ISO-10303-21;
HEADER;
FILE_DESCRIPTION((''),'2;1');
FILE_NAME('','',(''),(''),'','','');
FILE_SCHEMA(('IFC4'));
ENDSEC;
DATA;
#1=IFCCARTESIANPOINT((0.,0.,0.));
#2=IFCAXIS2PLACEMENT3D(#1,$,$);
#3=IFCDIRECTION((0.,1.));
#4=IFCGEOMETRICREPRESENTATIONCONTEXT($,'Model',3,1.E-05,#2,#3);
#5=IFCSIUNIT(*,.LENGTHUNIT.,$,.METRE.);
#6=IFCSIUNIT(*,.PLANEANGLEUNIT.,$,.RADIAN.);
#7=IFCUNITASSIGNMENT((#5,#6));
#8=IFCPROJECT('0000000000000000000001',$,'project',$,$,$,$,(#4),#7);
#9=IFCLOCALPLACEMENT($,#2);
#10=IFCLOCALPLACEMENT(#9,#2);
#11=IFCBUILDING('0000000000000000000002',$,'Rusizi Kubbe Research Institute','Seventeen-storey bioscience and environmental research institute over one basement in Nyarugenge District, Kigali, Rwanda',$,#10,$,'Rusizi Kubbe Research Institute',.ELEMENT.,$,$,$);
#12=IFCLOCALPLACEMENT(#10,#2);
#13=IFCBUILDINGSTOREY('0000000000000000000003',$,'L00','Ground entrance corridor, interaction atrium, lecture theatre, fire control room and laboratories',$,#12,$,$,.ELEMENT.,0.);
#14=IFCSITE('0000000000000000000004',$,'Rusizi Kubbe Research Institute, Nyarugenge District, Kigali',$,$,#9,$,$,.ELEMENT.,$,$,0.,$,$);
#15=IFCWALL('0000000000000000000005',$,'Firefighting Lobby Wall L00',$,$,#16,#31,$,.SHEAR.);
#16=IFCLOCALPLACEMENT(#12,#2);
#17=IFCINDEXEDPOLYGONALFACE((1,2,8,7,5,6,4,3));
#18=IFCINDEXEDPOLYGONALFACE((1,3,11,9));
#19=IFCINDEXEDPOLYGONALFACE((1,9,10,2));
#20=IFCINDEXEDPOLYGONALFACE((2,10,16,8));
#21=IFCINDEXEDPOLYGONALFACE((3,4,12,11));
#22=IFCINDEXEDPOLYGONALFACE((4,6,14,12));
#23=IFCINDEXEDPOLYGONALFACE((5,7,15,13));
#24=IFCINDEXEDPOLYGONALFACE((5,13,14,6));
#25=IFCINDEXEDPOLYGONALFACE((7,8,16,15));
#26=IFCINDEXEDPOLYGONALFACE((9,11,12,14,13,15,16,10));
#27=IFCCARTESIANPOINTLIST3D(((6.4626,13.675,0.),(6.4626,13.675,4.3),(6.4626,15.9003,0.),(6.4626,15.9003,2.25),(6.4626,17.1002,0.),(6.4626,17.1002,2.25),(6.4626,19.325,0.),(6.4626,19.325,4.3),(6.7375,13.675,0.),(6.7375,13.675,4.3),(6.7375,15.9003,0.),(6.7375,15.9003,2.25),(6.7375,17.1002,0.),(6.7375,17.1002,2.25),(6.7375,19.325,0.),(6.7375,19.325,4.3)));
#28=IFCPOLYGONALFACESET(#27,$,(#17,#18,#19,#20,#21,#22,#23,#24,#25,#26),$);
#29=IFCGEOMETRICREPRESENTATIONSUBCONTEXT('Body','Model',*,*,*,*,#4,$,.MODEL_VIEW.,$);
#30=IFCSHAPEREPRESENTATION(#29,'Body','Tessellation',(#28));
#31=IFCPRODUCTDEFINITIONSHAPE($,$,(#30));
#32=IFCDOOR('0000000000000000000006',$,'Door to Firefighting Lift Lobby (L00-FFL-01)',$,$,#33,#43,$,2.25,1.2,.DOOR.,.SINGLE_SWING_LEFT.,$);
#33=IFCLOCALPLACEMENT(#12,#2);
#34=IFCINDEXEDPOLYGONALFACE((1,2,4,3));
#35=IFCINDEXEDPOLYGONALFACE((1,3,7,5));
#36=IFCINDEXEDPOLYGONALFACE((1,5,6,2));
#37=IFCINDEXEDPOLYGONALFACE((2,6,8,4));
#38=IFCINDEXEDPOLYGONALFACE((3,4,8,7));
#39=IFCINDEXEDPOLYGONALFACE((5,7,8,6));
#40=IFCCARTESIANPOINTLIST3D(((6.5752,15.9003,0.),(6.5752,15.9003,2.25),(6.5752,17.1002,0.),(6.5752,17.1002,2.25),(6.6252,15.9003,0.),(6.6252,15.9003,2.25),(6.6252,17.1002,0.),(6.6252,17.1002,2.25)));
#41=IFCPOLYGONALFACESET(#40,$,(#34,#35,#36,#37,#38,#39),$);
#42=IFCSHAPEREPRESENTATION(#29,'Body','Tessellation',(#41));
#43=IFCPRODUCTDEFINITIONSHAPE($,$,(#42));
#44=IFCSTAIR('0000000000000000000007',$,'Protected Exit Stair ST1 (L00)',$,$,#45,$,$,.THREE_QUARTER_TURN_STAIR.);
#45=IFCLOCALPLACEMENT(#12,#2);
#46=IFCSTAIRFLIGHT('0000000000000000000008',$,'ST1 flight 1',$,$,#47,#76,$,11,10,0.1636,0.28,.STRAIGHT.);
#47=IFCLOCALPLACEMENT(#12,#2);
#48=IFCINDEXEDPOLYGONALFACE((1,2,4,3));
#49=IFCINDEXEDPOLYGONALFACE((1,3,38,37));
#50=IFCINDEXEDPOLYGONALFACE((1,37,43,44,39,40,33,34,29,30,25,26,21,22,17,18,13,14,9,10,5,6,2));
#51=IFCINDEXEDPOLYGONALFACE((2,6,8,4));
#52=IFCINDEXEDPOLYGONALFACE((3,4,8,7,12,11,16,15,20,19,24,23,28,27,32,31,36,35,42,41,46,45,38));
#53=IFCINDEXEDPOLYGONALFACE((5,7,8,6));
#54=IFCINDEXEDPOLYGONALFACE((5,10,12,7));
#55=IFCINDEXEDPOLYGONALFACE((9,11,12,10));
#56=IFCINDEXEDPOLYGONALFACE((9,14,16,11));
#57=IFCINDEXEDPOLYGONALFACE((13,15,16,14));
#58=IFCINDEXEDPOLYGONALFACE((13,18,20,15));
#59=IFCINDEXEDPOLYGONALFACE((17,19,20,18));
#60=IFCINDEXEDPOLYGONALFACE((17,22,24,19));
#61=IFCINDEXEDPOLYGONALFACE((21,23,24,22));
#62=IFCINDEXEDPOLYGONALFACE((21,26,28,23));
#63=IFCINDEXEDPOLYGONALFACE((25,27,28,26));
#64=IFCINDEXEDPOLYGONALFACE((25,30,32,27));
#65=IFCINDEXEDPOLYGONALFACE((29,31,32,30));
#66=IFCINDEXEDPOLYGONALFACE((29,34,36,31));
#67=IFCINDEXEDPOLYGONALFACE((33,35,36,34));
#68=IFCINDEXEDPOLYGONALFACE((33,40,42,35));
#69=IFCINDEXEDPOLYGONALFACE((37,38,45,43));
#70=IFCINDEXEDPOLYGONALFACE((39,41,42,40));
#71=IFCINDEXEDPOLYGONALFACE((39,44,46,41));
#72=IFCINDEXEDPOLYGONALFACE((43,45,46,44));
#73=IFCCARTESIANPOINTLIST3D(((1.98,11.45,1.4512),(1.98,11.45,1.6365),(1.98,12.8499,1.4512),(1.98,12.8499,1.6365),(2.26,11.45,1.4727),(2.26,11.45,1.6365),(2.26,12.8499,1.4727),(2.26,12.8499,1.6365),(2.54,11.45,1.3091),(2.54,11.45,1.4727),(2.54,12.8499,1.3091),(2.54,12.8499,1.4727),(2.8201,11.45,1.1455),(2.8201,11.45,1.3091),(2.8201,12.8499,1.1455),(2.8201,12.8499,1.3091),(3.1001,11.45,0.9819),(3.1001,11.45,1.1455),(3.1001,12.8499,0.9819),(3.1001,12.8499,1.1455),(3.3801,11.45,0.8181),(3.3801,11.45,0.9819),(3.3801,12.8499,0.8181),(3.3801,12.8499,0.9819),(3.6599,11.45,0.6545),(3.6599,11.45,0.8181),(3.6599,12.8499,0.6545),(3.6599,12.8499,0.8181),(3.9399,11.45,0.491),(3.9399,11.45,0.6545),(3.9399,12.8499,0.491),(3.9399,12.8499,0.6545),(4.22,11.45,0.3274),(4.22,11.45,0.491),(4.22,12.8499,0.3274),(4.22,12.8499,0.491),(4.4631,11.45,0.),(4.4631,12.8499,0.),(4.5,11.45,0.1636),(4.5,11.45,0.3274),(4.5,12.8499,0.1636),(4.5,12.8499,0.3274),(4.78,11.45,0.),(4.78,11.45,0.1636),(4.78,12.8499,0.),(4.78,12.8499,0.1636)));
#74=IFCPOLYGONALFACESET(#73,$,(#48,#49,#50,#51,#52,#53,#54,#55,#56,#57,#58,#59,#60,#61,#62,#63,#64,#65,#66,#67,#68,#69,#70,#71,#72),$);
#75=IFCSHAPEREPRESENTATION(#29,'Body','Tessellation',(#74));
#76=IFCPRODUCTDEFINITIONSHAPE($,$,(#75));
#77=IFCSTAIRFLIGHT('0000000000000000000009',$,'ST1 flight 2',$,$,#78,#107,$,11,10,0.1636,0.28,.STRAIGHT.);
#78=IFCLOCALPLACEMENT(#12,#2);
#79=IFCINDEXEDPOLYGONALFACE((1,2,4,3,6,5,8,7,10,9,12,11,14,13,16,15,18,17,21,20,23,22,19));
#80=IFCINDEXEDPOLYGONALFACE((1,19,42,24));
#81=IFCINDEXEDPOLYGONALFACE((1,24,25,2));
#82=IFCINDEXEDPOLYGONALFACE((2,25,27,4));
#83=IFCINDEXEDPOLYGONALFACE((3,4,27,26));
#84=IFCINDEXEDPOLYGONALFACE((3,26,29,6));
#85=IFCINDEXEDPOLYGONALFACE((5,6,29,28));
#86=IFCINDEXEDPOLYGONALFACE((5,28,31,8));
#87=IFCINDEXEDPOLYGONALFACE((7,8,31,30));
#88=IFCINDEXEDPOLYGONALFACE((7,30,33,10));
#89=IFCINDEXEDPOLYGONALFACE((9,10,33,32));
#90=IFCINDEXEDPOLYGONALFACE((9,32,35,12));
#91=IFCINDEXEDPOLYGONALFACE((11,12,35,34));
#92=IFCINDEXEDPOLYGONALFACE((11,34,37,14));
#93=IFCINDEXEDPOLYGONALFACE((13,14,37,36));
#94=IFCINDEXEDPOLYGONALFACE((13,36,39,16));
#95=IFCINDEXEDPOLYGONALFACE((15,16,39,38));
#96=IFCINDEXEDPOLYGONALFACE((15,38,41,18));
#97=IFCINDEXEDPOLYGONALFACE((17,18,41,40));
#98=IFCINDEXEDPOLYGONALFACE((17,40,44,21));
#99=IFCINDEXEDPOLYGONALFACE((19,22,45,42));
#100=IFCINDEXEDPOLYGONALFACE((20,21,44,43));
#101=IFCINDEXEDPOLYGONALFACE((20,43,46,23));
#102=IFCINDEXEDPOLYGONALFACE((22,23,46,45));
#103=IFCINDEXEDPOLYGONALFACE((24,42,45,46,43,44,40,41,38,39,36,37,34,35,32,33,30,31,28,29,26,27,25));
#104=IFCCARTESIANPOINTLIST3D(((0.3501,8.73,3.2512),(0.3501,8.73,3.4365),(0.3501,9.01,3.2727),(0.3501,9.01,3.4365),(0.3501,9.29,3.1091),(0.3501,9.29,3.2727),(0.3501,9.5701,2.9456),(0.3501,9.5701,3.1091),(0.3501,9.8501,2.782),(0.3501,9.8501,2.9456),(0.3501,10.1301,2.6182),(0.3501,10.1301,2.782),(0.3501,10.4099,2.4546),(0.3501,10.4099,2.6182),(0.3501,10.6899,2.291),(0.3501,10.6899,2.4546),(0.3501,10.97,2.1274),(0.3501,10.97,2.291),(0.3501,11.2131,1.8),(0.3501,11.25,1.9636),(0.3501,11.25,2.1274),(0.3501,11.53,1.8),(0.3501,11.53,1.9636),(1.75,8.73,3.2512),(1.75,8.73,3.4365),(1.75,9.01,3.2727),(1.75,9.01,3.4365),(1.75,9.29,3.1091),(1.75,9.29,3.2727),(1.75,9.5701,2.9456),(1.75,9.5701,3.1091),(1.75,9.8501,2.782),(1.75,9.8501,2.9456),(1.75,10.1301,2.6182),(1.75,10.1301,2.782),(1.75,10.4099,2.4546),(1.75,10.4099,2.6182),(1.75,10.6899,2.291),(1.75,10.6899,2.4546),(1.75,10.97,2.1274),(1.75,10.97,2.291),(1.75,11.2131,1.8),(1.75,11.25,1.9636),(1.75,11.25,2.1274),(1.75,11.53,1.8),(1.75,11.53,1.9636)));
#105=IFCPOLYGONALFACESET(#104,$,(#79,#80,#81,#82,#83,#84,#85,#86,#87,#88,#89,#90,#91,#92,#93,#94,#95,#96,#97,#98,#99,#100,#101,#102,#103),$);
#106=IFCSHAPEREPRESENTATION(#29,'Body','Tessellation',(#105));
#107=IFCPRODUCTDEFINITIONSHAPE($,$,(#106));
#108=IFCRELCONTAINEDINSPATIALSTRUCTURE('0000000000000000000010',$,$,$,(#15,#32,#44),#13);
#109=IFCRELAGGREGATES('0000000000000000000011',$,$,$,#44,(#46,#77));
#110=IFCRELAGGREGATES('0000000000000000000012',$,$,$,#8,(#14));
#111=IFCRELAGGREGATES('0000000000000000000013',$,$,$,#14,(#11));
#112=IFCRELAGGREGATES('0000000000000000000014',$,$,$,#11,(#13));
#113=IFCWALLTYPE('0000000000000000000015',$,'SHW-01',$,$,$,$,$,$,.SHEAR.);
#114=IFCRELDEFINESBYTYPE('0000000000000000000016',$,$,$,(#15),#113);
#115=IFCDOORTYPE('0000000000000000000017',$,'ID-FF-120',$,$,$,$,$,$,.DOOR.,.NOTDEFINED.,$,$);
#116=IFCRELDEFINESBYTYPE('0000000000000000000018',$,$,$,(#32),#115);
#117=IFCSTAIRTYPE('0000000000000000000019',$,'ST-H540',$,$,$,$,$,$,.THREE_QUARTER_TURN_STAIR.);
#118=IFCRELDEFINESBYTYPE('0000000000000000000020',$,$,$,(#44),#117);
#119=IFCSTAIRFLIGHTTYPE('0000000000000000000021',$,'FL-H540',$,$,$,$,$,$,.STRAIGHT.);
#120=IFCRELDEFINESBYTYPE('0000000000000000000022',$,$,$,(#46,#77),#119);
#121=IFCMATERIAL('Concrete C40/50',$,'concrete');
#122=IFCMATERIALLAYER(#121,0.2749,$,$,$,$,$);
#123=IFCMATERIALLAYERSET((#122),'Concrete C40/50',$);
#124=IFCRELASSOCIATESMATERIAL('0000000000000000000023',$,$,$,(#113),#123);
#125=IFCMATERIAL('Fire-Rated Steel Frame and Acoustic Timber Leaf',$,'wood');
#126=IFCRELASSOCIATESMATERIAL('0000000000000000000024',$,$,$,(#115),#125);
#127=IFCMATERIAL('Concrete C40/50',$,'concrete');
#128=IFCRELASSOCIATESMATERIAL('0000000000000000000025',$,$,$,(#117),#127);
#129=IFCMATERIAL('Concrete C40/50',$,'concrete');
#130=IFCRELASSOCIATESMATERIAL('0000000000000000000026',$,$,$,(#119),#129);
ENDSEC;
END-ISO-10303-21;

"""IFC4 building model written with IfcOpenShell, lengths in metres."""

from ifc_helpers import new_model, si_unit, direction, frame, frame_2d, origin, place, context, subcontext, project, spatial, polyline, rectangle, outline, extrude, material, layer, layer_set, type_object, element, fill, aggregate, save


model = new_model("IFC4")

# Units and contexts
model_context = context("Model", 3, precision=1e-05, world=origin(), true_north=direction((0.0, 1.0)))
body_context = subcontext(model_context, "Body", "Model", "MODEL_VIEW")
ifc_project = project(units=[si_unit("LENGTHUNIT", "METRE"), si_unit("PLANEANGLEUNIT", "RADIAN")], contexts=[model_context])

# Site, building, storey
site_placement = place(None, origin())
site = spatial("IfcSite", under=ifc_project, at=site_placement, Name="Rusizi Kubbe Research Institute, Nyarugenge District, Kigali", CompositionType="ELEMENT", RefElevation=0.0)
building_placement = place(site_placement, origin())
building = spatial("IfcBuilding", under=site, at=building_placement, Name="Rusizi Kubbe Research Institute", Description="Seventeen-storey bioscience and environmental research institute over one basement in Nyarugenge District, Kigali, Rwanda", LongName="Rusizi Kubbe Research Institute", CompositionType="ELEMENT")
storey_placement = place(building_placement, origin())
storey = spatial("IfcBuildingStorey", under=building, at=storey_placement, Name="L00", Description="Ground entrance corridor, interaction atrium, lecture theatre, fire control room and laboratories", CompositionType="ELEMENT", Elevation=0.0)

# Wall, opening, door
ifc_material_1 = material(Name="Concrete C40/50", Category="concrete")
ifc_layer_1 = layer(ifc_material_1, 0.2749)
ifc_layer_set_1 = layer_set([ifc_layer_1], Name="Concrete C40/50")
wall_type_1 = type_object("IfcWallType", Name="SHW-01", PredefinedType="SHEAR", material=ifc_layer_set_1)
wall_1_placement = place(storey_placement, frame((6.6001, 13.675, 0.0), z_axis=(0.0, 0.0, 1.0), x_axis=(0.0, 1.0, 0.0)))
wall_1 = element("IfcWall", 1, at=wall_1_placement, inside=storey, type_object=wall_type_1, Name="Firefighting Lobby Wall L00", PredefinedType="SHEAR", context=body_context, shape_type="SweptSolid", body=[
    extrude(rectangle(XDim=5.6499, YDim=0.2749, at=frame_2d((2.825, 0.0))), origin(), (0.0, 0.0, 1.0), 4.3),
])
opening_1_placement = place(wall_1_placement, frame((2.2251, 0.0, 0.0)))
opening_1 = element("IfcOpeningElement", 2, at=opening_1_placement, cuts=wall_1, PredefinedType="OPENING", context=body_context, shape_type="SweptSolid", body=[
    extrude(rectangle(XDim=1.2, YDim=2.25, at=frame_2d((0.6001, 1.125))), frame((0.0, 0.1475, 0.0), z_axis=(0.0, -1.0, 0.0), x_axis=(1.0, 0.0, 0.0)), (0.0, 0.0, 1.0), 0.2949),
])
ifc_material_2 = material(Name="Fire-Rated Steel Frame and Acoustic Timber Leaf", Category="wood")
door_type_1 = type_object("IfcDoorType", Name="ID-FF-120", OperationType="NOTDEFINED", PredefinedType="DOOR", material=ifc_material_2)
door_1_placement = place(opening_1_placement, origin())
door_1 = element("IfcDoor", 3, at=door_1_placement, inside=storey, type_object=door_type_1, Name="Door to Firefighting Lift Lobby (L00-FFL-01)", OperationType="SINGLE_SWING_LEFT", OverallHeight=2.25, OverallWidth=1.2, PredefinedType="DOOR", context=body_context, shape_type="SweptSolid", body=[
    extrude(rectangle(XDim=1.2, YDim=2.25, at=frame_2d((0.6001, 1.125))), frame((0.0, 0.0249, 0.0), z_axis=(0.0, -1.0, 0.0), x_axis=(1.0, 0.0, 0.0)), (0.0, 0.0, 1.0), 0.05),
])
fill(opening_1, door_1)

# Stair, stair flights
ifc_material_3 = material(Name="Concrete C40/50", Category="concrete")
stair_type = type_object("IfcStairType", Name="ST-H540", PredefinedType="THREE_QUARTER_TURN_STAIR", material=ifc_material_3)
stair_placement = place(storey_placement, origin())
stair = element("IfcStair", 4, at=stair_placement, inside=storey, type_object=stair_type, Name="Protected Exit Stair ST1 (L00)", PredefinedType="THREE_QUARTER_TURN_STAIR")
ifc_material_4 = material(Name="Concrete C40/50", Category="concrete")
stair_flight_type = type_object("IfcStairFlightType", Name="FL-H540", PredefinedType="STRAIGHT", material=ifc_material_4)
stair_flight_1_placement = place(storey_placement, frame((4.78, 12.1499, 0.0), z_axis=(0.0, 0.0, 1.0), x_axis=(-1.0, 0.0, 0.0)))
stair_flight_1 = element("IfcStairFlight", 5, at=stair_flight_1_placement, type_object=stair_flight_type, Name="ST1 flight 1", NumberOfRisers=11, NumberOfTreads=10, PredefinedType="STRAIGHT", RiserHeight=0.1636, TreadLength=0.28, context=body_context, shape_type="SweptSolid", body=[
    extrude(outline(polyline([(0.0, 0.0), (0.0, 0.1636), (0.28, 0.1636), (0.28, 0.3274), (0.5601, 0.3274), (0.5601, 0.491), (0.8401, 0.491), (0.8401, 0.6545), (1.1201, 0.6545), (1.1201, 0.8181), (1.3999, 0.8181), (1.3999, 0.9819), (1.6799, 0.9819), (1.6799, 1.1455), (1.96, 1.1455), (1.96, 1.3091), (2.24, 1.3091), (2.24, 1.4727), (2.52, 1.4727), (2.52, 1.6365), (2.8, 1.6365), (2.8, 1.8), (2.8, 1.4512), (0.3169, 0.0), (0.0, 0.0)])), frame((0.0, 0.7, 0.0), z_axis=(0.0, -1.0, 0.0), x_axis=(1.0, 0.0, 0.0)), (0.0, 0.0, 1.0), 1.3999),
])
stair_flight_2_placement = place(storey_placement, frame((1.05, 11.53, 1.8), z_axis=(0.0, 0.0, 1.0), x_axis=(0.0, -1.0, 0.0)))
stair_flight_2 = element("IfcStairFlight", 6, at=stair_flight_2_placement, type_object=stair_flight_type, Name="ST1 flight 2", NumberOfRisers=11, NumberOfTreads=10, PredefinedType="STRAIGHT", RiserHeight=0.1636, TreadLength=0.28, context=body_context, shape_type="SweptSolid", body=[
    extrude(outline(polyline([(0.0, 0.0), (0.0, 0.1636), (0.28, 0.1636), (0.28, 0.3274), (0.5601, 0.3274), (0.5601, 0.491), (0.8401, 0.491), (0.8401, 0.6545), (1.1201, 0.6545), (1.1201, 0.8181), (1.3999, 0.8181), (1.3999, 0.9819), (1.6799, 0.9819), (1.6799, 1.1455), (1.96, 1.1455), (1.96, 1.3091), (2.24, 1.3091), (2.24, 1.4727), (2.52, 1.4727), (2.52, 1.6365), (2.8, 1.6365), (2.8, 1.8), (2.8, 1.4512), (0.3169, 0.0), (0.0, 0.0)])), frame((0.0, 0.7, 0.0), z_axis=(0.0, -1.0, 0.0), x_axis=(1.0, 0.0, 0.0)), (0.0, 0.0, 1.0), 1.3999),
])
aggregate(stair, [stair_flight_1, stair_flight_2])

save(model, "model.ifc")
